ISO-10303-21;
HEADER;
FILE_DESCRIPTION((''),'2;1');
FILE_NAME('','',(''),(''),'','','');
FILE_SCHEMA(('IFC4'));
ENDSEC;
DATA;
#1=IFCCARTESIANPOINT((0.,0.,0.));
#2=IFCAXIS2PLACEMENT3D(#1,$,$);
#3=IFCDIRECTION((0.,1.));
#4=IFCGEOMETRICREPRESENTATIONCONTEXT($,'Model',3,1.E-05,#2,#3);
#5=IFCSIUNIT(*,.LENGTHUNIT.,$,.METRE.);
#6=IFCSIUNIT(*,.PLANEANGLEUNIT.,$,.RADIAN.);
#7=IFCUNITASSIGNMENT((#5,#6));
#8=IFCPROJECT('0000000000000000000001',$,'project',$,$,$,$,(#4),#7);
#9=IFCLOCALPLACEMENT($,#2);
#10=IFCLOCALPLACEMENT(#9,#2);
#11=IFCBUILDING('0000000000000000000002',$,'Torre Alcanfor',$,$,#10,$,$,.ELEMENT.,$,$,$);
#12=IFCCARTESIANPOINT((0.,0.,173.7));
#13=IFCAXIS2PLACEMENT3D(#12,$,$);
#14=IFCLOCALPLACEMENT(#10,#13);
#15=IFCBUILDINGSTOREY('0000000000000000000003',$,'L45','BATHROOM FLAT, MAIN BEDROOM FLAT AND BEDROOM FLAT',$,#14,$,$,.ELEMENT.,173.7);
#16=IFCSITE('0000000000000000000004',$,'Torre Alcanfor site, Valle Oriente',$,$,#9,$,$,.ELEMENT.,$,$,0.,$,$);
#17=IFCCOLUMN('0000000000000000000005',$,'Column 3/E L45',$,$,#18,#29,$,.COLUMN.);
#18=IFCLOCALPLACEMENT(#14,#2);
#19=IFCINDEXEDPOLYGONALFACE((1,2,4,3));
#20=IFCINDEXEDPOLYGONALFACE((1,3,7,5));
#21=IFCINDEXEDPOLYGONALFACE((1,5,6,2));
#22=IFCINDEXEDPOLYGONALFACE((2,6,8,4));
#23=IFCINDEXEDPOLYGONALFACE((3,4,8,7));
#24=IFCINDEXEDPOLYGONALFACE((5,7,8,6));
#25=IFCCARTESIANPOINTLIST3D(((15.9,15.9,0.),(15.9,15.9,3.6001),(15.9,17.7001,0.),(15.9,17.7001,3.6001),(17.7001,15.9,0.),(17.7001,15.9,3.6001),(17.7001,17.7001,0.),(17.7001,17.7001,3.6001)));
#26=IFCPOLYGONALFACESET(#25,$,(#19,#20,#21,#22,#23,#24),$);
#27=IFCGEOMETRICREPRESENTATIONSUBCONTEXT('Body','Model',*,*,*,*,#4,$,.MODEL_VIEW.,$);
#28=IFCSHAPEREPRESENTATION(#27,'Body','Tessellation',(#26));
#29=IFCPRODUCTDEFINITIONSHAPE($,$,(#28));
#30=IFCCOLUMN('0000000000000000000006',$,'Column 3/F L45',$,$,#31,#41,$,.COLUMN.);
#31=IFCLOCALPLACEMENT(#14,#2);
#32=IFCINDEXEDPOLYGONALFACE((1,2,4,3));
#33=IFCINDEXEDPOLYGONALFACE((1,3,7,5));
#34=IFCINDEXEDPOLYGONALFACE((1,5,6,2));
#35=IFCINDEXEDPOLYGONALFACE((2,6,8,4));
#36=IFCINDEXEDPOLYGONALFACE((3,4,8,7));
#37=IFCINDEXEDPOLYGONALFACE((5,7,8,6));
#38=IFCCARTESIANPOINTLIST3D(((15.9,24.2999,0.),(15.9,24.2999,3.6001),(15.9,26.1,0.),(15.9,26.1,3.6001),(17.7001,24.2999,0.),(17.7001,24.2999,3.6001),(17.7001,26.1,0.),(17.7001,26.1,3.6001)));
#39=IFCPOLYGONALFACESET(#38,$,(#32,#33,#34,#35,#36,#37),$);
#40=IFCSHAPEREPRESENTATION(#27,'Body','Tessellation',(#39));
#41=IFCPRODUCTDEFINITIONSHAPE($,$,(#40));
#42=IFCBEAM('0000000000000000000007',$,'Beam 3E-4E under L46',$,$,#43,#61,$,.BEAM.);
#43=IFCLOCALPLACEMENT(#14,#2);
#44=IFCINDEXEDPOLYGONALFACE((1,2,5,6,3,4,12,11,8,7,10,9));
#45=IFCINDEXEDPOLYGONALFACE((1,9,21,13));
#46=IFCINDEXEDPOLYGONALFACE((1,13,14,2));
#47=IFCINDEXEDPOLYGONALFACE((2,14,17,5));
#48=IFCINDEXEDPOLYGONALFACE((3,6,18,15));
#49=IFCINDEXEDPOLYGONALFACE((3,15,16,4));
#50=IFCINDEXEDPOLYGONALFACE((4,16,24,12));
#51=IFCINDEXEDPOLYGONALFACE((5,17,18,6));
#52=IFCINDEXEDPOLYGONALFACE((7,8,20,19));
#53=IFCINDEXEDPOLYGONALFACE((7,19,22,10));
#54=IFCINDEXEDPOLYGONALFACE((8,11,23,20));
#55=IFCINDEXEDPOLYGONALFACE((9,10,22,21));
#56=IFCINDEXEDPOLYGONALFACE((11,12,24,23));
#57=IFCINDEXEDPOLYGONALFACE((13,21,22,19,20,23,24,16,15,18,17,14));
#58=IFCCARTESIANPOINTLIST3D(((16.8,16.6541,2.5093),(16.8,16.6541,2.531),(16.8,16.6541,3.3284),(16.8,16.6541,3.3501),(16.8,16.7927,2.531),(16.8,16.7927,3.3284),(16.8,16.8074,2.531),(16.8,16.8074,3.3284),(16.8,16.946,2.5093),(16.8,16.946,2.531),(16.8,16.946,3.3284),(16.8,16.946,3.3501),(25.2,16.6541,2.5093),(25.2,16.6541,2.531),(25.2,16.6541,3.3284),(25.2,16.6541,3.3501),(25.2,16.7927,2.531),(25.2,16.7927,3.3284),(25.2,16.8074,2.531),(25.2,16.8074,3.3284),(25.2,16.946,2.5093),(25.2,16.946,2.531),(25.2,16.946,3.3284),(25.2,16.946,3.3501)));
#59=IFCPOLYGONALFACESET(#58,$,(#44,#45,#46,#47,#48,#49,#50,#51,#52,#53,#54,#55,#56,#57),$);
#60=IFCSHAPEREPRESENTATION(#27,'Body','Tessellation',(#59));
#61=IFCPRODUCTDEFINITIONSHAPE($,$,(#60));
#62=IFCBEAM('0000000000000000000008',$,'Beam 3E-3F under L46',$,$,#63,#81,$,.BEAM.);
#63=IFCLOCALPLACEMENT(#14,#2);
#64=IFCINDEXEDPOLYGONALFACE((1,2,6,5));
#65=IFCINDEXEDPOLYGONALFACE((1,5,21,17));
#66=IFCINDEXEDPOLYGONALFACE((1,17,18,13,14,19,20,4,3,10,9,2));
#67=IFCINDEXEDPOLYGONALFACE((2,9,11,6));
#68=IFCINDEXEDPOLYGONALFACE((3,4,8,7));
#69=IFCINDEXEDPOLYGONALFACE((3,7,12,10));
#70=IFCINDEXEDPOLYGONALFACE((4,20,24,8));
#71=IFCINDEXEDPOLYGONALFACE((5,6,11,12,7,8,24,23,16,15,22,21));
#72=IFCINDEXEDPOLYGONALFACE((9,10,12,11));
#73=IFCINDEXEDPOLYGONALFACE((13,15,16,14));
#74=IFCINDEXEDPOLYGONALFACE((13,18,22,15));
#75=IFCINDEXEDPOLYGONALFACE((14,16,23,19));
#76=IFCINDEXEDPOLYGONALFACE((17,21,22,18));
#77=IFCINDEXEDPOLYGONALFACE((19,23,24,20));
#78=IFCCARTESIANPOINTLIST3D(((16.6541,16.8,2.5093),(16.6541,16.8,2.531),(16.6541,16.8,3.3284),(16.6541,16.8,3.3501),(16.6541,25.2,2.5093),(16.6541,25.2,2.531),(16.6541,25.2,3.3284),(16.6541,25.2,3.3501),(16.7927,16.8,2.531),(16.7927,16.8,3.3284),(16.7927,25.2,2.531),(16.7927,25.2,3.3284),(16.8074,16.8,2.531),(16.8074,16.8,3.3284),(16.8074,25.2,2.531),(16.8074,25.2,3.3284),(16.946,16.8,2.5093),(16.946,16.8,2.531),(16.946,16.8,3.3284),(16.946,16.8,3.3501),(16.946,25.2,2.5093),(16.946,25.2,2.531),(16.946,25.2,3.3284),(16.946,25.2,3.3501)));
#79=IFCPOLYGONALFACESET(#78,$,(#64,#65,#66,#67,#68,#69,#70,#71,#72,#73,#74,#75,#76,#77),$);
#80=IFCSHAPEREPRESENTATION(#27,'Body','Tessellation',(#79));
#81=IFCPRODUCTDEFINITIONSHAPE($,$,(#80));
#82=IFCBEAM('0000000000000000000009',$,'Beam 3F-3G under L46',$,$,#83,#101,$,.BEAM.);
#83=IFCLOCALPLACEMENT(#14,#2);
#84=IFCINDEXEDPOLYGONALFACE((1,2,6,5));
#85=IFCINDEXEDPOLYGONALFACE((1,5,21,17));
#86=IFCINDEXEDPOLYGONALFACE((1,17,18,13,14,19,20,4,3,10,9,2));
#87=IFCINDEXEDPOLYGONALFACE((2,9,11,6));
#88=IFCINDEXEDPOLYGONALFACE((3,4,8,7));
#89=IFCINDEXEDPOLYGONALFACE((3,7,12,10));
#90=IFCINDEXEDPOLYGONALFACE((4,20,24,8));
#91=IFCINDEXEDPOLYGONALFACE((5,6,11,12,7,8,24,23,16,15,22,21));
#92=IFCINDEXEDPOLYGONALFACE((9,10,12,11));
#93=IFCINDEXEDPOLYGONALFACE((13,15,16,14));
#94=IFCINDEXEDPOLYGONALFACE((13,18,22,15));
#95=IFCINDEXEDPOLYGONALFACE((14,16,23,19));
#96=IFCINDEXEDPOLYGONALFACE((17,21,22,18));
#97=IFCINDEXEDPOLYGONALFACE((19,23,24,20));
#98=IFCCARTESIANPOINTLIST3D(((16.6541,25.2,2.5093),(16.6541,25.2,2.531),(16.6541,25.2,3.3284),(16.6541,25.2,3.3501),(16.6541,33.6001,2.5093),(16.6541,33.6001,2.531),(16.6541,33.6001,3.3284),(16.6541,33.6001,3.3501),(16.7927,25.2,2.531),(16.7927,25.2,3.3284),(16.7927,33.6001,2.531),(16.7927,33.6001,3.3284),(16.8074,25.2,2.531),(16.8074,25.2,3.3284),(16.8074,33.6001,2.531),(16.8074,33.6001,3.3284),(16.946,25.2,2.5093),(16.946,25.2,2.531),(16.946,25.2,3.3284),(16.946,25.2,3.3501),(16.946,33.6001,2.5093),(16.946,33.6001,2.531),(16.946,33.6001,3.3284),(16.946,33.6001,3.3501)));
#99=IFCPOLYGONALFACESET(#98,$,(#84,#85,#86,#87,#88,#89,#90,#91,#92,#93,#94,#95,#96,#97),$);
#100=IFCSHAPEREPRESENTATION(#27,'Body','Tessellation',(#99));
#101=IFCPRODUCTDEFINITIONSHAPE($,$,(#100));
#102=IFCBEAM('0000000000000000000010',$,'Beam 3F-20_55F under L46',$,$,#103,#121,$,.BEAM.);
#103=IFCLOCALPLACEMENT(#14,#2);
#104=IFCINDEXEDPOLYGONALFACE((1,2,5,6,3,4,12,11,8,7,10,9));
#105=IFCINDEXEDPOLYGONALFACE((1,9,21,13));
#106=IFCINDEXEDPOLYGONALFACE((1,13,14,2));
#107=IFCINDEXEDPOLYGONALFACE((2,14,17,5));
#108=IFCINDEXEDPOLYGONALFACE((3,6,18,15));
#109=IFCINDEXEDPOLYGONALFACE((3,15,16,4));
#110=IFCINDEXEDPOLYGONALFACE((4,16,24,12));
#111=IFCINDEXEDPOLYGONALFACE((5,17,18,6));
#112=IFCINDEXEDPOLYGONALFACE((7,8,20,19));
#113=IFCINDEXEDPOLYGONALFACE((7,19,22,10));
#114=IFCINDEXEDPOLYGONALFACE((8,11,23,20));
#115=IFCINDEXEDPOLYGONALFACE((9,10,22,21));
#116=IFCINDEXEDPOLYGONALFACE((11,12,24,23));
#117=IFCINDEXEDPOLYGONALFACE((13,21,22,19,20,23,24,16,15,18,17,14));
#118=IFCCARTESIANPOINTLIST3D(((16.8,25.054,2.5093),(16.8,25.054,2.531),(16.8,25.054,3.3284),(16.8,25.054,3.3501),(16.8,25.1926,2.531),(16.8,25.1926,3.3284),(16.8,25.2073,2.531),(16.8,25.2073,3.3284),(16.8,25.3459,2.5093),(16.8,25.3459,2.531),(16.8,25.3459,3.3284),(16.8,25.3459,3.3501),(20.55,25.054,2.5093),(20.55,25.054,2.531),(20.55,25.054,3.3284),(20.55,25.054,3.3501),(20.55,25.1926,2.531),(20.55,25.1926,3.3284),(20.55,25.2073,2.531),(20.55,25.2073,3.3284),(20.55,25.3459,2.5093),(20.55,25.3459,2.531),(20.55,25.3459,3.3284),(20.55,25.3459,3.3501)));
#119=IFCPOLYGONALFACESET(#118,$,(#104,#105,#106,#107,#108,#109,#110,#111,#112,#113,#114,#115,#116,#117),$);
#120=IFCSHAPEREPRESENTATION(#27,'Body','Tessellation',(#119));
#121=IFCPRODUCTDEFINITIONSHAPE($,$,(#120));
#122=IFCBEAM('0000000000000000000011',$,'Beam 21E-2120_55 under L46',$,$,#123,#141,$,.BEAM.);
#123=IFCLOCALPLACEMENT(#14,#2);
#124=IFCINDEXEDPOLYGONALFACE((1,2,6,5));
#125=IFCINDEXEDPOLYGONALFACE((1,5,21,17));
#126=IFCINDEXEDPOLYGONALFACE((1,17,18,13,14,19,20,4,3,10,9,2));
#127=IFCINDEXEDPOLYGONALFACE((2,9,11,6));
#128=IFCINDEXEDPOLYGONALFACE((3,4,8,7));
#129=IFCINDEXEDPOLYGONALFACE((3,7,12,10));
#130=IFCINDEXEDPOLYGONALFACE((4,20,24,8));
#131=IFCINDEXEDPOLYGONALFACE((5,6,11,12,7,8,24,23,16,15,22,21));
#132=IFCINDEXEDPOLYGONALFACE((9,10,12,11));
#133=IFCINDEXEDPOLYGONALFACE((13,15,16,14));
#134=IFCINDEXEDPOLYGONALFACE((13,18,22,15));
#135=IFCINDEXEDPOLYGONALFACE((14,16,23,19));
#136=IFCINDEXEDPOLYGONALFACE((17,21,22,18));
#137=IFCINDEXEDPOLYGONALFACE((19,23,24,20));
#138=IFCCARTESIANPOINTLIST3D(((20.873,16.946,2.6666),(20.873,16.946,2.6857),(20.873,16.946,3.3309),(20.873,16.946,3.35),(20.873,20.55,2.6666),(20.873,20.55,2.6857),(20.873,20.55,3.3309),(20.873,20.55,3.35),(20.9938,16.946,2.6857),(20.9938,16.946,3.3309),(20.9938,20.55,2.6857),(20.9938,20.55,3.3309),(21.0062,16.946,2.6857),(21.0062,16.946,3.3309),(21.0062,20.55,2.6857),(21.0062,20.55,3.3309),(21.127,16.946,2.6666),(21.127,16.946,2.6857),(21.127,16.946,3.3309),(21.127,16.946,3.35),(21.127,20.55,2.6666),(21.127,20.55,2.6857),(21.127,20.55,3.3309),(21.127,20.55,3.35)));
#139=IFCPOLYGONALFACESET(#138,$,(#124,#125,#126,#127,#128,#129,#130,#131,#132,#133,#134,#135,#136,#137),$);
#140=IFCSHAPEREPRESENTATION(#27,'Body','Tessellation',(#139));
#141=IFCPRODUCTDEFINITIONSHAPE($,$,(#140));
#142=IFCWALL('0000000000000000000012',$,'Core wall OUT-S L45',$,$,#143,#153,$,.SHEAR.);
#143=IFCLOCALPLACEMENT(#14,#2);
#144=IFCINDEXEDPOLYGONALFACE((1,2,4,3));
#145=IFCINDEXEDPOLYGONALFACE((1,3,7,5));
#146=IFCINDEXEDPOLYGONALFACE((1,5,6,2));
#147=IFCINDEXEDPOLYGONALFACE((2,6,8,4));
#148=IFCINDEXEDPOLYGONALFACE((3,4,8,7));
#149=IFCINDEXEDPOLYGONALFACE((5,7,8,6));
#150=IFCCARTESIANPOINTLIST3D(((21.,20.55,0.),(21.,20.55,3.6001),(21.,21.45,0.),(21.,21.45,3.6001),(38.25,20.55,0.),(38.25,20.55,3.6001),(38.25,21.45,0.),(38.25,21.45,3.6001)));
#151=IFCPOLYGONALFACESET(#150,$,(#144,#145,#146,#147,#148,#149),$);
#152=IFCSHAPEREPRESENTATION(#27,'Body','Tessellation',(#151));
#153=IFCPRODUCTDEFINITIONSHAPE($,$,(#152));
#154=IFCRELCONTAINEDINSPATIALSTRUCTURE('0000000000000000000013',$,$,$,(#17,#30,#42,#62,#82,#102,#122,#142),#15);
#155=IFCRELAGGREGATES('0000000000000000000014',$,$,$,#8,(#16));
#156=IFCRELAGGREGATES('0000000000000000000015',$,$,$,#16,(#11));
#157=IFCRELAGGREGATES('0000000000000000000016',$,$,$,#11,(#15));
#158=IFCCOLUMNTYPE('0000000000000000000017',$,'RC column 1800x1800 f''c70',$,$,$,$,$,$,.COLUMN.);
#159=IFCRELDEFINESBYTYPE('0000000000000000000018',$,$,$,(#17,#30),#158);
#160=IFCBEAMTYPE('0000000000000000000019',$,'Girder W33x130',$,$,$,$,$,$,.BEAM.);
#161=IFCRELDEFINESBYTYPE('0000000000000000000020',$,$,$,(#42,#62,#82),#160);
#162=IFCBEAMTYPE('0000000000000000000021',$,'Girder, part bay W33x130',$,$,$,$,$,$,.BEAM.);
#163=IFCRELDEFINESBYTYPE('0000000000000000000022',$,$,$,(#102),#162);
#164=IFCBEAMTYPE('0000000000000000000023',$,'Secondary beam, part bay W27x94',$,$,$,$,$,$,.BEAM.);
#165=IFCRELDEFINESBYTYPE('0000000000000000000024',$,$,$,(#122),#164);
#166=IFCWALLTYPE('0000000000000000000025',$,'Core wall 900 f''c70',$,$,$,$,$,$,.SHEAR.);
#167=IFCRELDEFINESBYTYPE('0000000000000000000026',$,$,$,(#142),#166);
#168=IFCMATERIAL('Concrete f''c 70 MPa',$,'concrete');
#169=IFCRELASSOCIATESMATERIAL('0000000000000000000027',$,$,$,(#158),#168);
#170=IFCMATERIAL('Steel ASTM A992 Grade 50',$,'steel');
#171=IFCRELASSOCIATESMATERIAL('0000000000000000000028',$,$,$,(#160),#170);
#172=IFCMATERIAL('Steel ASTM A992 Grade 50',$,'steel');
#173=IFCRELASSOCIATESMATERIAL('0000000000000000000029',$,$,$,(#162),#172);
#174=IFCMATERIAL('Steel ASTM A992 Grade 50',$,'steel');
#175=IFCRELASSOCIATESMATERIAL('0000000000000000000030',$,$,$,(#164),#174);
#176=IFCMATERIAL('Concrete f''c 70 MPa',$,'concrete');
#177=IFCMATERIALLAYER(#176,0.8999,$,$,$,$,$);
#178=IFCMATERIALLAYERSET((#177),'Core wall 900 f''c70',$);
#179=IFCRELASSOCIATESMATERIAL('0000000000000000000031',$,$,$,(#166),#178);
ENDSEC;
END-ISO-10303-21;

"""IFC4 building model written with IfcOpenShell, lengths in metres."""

from ifc_helpers import new_model, si_unit, direction, frame, frame_2d, origin, origin_2d, place, context, subcontext, project, spatial, rectangle, i_section, extrude, material, layer, layer_set, material_profile, profile_set, type_object, element, save


model = new_model("IFC4")

# Units and contexts
model_context = context("Model", 3, precision=1e-05, world=origin(), true_north=direction((0.0, 1.0)))
body_context = subcontext(model_context, "Body", "Model", "MODEL_VIEW")
ifc_project = project(units=[si_unit("LENGTHUNIT", "METRE"), si_unit("PLANEANGLEUNIT", "RADIAN")], contexts=[model_context])

# Site, building, storey
site_placement = place(None, origin())
site = spatial("IfcSite", under=ifc_project, at=site_placement, Name="Torre Alcanfor site, Valle Oriente", CompositionType="ELEMENT", RefElevation=0.0)
building_placement = place(site_placement, origin())
building = spatial("IfcBuilding", under=site, at=building_placement, Name="Torre Alcanfor", CompositionType="ELEMENT")
storey_placement = place(building_placement, frame((0.0, 0.0, 173.7)))
storey = spatial("IfcBuildingStorey", under=building, at=storey_placement, Name="L45", Description="BATHROOM FLAT, MAIN BEDROOM FLAT AND BEDROOM FLAT", CompositionType="ELEMENT", Elevation=173.7)

# Columns
ifc_material_1 = material(Name="Concrete f'c 70 MPa", Category="concrete")
ifc_material_profile_1 = material_profile(ifc_material_1, rectangle(XDim=1.8, YDim=1.8, at=origin_2d()), Name="1800x1800")
ifc_profile_set_1 = profile_set([ifc_material_profile_1], Name="Concrete f'c 70 MPa")
column_type = type_object("IfcColumnType", Name="RC column 1800x1800 f'c70", PredefinedType="COLUMN", material=ifc_profile_set_1)
for number, where, z_axis, x_axis, name in (
    (1, (16.8, 16.8, 0.0), (0.0, 0.0, 1.0), (1.0, 0.0, 0.0), "Column 3/E L45"),
    (2, (16.8, 25.2, 0.0), (0.0, 0.0, 1.0), (1.0, 0.0, 0.0), "Column 3/F L45"),
):
    element("IfcColumn", number, at=place(storey_placement, frame(where, z_axis=z_axis, x_axis=x_axis)), inside=storey, type_object=column_type, Name=name, PredefinedType="COLUMN", context=body_context, shape_type="SweptSolid", body=[
        extrude(rectangle(XDim=1.8, YDim=1.8, at=origin_2d()), origin(), (0.0, 0.0, 1.0), 3.6001),
    ])

# Beams
ifc_material_2 = material(Name="Steel ASTM A992 Grade 50", Category="steel")
ifc_material_profile_2 = material_profile(ifc_material_2, i_section(OverallWidth=0.292, OverallDepth=0.8408, WebThickness=0.0146, FlangeThickness=0.0217, at=origin_2d()), Name="W33x130")
ifc_profile_set_2 = profile_set([ifc_material_profile_2], Name="Steel ASTM A992 Grade 50")
beam_type_1 = type_object("IfcBeamType", Name="Girder W33x130", PredefinedType="BEAM", material=ifc_profile_set_2)
for number, where, z_axis, x_axis, name in (
    (3, (16.8, 16.8, 2.9297), (1.0, 0.0, 0.0), (0.0, 1.0, 0.0), "Beam 3E-4E under L46"),
    (4, (16.8, 16.8, 2.9297), (0.0, 1.0, 0.0), (-1.0, 0.0, 0.0), "Beam 3E-3F under L46"),
):
    element("IfcBeam", number, at=place(storey_placement, frame(where, z_axis=z_axis, x_axis=x_axis)), inside=storey, type_object=beam_type_1, Name=name, PredefinedType="BEAM", context=body_context, shape_type="SweptSolid", body=[
        extrude(i_section(OverallWidth=0.292, OverallDepth=0.8408, WebThickness=0.0146, FlangeThickness=0.0217, at=origin_2d()), origin(), (0.0, 0.0, 1.0), 8.3999),
    ])
beam_1_placement = place(storey_placement, frame((16.8, 25.2, 2.9297), z_axis=(0.0, 1.0, 0.0), x_axis=(-1.0, 0.0, 0.0)))
element("IfcBeam", 5, at=beam_1_placement, inside=storey, type_object=beam_type_1, Name="Beam 3F-3G under L46", PredefinedType="BEAM", context=body_context, shape_type="SweptSolid", body=[
    extrude(i_section(OverallWidth=0.292, OverallDepth=0.8408, WebThickness=0.0146, FlangeThickness=0.0217, at=origin_2d()), origin(), (0.0, 0.0, 1.0), 8.4001),
])
ifc_material_3 = material(Name="Steel ASTM A992 Grade 50", Category="steel")
ifc_material_profile_3 = material_profile(ifc_material_3, i_section(OverallWidth=0.292, OverallDepth=0.8408, WebThickness=0.0146, FlangeThickness=0.0217, at=origin_2d()), Name="W33x130")
ifc_profile_set_3 = profile_set([ifc_material_profile_3], Name="Steel ASTM A992 Grade 50")
beam_type_2 = type_object("IfcBeamType", Name="Girder, part bay W33x130", PredefinedType="BEAM", material=ifc_profile_set_3)
beam_2_placement = place(storey_placement, frame((16.8, 25.2, 2.9297), z_axis=(1.0, 0.0, 0.0), x_axis=(0.0, 1.0, 0.0)))
element("IfcBeam", 6, at=beam_2_placement, inside=storey, type_object=beam_type_2, Name="Beam 3F-20_55F under L46", PredefinedType="BEAM", context=body_context, shape_type="SweptSolid", body=[
    extrude(i_section(OverallWidth=0.292, OverallDepth=0.8408, WebThickness=0.0146, FlangeThickness=0.0217, at=origin_2d()), origin(), (0.0, 0.0, 1.0), 3.75),
])
ifc_material_4 = material(Name="Steel ASTM A992 Grade 50", Category="steel")
ifc_material_profile_4 = material_profile(ifc_material_4, i_section(OverallWidth=0.2539, OverallDepth=0.6833, WebThickness=0.0125, FlangeThickness=0.019, at=origin_2d()), Name="W27x94")
ifc_profile_set_4 = profile_set([ifc_material_profile_4], Name="Steel ASTM A992 Grade 50")
beam_type_3 = type_object("IfcBeamType", Name="Secondary beam, part bay W27x94", PredefinedType="BEAM", material=ifc_profile_set_4)
beam_3_placement = place(storey_placement, frame((21.0, 16.946, 3.0083), z_axis=(0.0, 1.0, 0.0), x_axis=(-1.0, 0.0, 0.0)))
element("IfcBeam", 7, at=beam_3_placement, inside=storey, type_object=beam_type_3, Name="Beam 21E-2120_55 under L46", PredefinedType="BEAM", context=body_context, shape_type="SweptSolid", body=[
    extrude(i_section(OverallWidth=0.2539, OverallDepth=0.6833, WebThickness=0.0125, FlangeThickness=0.019, at=origin_2d()), origin(), (0.0, 0.0, 1.0), 3.604),
])

# Wall
ifc_material_5 = material(Name="Concrete f'c 70 MPa", Category="concrete")
ifc_layer_1 = layer(ifc_material_5, 0.8999)
ifc_layer_set_1 = layer_set([ifc_layer_1], Name="Core wall 900 f'c70")
wall_type_1 = type_object("IfcWallType", Name="Core wall 900 f'c70", PredefinedType="SHEAR", material=ifc_layer_set_1)
wall_1_placement = place(storey_placement, frame((21.0, 21.0, 0.0), z_axis=(0.0, 0.0, 1.0), x_axis=(1.0, 0.0, 0.0)))
element("IfcWall", 8, at=wall_1_placement, inside=storey, type_object=wall_type_1, Name="Core wall OUT-S L45", PredefinedType="SHEAR", context=body_context, shape_type="SweptSolid", body=[
    extrude(rectangle(XDim=17.25, YDim=0.8999, at=frame_2d((8.625, 0.0))), origin(), (0.0, 0.0, 1.0), 3.6001),
])

save(model, "model.ifc")
